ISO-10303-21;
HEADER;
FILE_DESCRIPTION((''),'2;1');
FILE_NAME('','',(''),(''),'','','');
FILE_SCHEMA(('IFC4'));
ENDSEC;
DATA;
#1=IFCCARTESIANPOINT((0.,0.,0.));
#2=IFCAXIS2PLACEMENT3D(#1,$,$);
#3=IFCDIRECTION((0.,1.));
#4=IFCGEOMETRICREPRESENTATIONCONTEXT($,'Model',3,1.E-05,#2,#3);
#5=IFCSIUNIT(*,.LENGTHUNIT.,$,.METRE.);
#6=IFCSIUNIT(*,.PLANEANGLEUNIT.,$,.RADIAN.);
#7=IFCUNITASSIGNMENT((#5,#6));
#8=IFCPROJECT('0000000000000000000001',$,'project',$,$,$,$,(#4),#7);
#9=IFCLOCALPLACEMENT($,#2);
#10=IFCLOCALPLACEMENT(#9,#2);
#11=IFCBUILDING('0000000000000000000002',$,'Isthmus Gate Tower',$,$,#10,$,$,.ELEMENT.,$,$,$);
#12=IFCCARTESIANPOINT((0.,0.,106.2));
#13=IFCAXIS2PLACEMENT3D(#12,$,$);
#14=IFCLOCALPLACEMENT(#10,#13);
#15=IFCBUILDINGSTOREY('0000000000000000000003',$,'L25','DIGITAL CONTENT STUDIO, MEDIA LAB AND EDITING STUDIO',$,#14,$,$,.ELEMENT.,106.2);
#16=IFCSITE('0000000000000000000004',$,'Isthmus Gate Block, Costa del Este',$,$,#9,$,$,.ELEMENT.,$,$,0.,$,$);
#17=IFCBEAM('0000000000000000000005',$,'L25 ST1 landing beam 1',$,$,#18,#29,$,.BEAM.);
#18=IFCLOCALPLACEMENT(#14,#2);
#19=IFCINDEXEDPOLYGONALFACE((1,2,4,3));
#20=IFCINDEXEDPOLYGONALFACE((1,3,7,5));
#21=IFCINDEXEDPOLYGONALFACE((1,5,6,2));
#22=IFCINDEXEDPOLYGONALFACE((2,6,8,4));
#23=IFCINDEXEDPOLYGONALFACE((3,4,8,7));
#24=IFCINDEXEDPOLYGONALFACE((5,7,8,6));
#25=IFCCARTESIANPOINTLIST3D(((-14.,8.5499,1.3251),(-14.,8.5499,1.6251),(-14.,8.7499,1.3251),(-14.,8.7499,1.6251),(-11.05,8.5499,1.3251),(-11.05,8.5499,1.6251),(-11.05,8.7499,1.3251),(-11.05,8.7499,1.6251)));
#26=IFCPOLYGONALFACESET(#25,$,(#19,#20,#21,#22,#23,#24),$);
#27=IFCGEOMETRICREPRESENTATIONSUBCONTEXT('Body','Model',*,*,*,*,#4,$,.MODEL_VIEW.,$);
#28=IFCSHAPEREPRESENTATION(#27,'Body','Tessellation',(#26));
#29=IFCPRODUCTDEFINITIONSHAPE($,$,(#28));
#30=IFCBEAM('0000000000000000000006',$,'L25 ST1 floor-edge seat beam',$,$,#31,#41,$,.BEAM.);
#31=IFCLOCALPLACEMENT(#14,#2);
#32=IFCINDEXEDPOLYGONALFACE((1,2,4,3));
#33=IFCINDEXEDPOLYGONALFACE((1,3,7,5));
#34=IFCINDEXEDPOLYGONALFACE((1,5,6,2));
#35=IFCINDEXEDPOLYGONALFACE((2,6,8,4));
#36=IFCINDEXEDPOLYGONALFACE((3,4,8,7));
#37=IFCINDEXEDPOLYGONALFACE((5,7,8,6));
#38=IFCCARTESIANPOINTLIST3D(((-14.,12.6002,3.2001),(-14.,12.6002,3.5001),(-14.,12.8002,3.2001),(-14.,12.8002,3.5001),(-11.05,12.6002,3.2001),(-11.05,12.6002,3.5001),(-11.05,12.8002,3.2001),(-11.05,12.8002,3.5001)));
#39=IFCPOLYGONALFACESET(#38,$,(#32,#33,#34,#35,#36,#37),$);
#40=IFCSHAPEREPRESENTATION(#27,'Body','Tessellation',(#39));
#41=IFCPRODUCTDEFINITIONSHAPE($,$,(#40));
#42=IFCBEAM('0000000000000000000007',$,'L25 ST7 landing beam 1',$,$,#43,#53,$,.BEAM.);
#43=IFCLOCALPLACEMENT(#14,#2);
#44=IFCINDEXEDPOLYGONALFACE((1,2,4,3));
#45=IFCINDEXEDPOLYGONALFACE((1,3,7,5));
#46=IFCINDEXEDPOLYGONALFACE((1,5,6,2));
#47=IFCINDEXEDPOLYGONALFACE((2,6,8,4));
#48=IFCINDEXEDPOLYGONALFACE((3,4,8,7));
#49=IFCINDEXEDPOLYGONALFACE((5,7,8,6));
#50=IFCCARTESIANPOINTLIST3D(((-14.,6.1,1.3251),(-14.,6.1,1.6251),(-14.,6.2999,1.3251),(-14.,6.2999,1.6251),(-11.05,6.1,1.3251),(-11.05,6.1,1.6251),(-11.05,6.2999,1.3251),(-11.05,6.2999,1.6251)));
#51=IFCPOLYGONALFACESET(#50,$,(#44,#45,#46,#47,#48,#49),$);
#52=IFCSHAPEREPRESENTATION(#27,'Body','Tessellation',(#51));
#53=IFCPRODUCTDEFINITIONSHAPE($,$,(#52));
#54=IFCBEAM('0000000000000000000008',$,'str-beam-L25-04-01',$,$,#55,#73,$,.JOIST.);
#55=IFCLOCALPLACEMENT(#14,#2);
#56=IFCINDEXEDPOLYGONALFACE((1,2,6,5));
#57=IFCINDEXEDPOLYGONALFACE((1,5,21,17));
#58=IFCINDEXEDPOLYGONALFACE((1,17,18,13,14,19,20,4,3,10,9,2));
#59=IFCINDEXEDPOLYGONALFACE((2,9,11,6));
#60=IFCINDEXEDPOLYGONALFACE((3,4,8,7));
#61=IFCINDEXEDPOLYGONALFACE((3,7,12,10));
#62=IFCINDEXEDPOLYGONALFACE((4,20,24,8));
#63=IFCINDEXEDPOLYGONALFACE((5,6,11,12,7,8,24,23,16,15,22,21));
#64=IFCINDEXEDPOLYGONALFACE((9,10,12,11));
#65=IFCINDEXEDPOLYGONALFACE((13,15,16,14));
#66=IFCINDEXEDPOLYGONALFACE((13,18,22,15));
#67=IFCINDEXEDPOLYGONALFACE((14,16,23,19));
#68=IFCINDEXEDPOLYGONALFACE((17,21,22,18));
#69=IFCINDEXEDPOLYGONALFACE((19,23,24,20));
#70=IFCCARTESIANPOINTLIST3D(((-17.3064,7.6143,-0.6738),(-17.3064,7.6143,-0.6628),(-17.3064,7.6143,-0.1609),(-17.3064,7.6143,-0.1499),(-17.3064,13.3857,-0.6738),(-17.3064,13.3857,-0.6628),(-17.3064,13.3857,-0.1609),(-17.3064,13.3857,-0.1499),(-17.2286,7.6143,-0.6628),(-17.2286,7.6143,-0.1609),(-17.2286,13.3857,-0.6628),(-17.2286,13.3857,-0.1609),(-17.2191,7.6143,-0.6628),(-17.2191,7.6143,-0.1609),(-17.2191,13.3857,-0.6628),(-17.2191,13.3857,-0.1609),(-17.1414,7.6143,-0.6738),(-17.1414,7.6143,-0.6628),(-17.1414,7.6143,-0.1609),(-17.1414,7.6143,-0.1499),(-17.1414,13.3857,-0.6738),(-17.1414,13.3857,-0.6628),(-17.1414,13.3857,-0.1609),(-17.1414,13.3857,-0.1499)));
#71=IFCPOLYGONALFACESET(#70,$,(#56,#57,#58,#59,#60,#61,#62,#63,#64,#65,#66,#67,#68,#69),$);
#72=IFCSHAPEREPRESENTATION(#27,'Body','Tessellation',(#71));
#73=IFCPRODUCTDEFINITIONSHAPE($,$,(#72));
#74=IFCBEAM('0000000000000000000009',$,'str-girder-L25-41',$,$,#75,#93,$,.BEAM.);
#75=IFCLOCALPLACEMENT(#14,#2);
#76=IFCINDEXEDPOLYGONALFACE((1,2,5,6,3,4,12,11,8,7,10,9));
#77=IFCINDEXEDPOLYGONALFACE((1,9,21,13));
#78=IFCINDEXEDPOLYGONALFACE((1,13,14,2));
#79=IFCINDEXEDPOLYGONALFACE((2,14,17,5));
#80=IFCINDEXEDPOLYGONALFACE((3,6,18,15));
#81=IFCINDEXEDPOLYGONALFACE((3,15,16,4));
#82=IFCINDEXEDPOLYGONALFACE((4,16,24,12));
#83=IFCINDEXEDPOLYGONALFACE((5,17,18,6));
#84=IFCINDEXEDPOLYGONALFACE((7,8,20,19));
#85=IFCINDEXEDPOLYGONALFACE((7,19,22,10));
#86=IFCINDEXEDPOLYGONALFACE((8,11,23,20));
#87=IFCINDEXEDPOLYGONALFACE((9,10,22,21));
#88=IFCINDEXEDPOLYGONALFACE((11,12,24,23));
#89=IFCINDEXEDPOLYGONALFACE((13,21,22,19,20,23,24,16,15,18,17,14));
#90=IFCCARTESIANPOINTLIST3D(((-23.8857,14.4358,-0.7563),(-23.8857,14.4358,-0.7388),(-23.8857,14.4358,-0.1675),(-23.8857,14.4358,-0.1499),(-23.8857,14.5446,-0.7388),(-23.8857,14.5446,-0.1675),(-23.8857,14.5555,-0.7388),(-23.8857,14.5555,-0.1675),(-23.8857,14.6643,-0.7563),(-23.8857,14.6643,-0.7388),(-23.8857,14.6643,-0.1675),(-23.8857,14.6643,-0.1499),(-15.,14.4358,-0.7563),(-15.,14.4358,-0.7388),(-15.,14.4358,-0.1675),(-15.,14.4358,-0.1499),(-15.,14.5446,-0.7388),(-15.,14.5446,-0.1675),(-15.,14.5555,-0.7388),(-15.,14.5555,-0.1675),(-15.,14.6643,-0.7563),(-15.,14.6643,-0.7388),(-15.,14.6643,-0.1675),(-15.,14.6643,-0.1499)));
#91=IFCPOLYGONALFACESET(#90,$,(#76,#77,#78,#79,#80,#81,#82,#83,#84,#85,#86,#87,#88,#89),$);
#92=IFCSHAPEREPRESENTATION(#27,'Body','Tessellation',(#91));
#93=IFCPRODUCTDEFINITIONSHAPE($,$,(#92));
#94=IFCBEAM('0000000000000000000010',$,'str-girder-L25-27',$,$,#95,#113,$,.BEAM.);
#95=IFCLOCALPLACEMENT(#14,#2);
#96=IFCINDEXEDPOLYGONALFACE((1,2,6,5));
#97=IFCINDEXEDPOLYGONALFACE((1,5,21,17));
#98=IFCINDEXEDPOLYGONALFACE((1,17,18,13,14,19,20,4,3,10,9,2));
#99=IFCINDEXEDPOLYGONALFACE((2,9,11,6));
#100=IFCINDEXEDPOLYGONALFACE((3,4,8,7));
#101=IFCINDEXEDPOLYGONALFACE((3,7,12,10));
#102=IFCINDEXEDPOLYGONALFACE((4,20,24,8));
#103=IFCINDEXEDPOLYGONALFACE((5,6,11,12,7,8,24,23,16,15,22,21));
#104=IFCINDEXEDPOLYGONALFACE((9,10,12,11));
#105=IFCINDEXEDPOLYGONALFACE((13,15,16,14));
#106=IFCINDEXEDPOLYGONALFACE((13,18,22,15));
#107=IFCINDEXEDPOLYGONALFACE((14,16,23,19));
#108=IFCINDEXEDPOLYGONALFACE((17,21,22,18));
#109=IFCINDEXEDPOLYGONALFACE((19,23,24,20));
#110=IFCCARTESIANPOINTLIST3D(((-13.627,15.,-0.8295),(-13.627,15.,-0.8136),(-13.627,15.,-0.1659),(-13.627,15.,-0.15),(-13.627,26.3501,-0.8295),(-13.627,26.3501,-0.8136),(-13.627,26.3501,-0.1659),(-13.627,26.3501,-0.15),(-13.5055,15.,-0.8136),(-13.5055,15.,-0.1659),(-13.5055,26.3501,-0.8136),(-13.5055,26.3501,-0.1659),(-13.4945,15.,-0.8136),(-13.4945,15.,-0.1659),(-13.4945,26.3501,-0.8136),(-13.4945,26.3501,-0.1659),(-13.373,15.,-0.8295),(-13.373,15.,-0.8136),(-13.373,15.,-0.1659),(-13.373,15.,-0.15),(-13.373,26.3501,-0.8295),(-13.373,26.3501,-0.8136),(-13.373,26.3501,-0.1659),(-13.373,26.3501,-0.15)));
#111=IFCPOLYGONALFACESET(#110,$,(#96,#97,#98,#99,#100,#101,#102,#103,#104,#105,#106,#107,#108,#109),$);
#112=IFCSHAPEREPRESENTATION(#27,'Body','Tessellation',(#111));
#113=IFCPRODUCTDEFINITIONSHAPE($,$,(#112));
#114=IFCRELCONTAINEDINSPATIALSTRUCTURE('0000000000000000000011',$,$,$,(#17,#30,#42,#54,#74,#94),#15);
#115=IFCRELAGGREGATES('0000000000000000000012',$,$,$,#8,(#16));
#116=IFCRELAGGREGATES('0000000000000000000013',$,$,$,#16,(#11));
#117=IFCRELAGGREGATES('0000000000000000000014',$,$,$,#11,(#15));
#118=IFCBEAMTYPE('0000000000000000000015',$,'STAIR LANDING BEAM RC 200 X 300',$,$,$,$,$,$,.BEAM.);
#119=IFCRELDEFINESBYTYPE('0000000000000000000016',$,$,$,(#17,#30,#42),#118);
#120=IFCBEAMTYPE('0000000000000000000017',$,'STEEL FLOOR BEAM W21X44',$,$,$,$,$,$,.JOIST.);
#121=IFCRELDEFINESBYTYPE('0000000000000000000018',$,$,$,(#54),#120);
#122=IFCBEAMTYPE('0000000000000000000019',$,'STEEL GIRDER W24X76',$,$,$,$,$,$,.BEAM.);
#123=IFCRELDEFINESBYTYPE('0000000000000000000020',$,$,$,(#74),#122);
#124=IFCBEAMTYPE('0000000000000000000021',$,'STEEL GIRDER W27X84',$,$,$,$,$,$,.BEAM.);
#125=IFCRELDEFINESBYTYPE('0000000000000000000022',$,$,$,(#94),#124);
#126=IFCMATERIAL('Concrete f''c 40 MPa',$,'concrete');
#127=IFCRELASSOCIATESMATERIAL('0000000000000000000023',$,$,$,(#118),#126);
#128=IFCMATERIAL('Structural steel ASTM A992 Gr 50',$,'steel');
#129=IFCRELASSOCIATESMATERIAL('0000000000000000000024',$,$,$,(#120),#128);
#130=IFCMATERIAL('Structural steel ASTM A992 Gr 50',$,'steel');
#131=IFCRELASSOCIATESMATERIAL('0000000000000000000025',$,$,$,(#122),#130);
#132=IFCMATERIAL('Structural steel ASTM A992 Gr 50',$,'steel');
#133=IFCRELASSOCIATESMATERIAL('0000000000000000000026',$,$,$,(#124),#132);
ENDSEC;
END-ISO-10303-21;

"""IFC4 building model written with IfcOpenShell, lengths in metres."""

from ifc_helpers import new_model, si_unit, direction, frame, origin, origin_2d, place, context, subcontext, project, spatial, rectangle, i_section, extrude, material, material_profile, profile_set, type_object, element, save


model = new_model("IFC4")

# Units and contexts
model_context = context("Model", 3, precision=1e-05, world=origin(), true_north=direction((0.0, 1.0)))
body_context = subcontext(model_context, "Body", "Model", "MODEL_VIEW")
ifc_project = project(units=[si_unit("LENGTHUNIT", "METRE"), si_unit("PLANEANGLEUNIT", "RADIAN")], contexts=[model_context])

# Site, building, storey
site_placement = place(None, origin())
site = spatial("IfcSite", under=ifc_project, at=site_placement, Name="Isthmus Gate Block, Costa del Este", CompositionType="ELEMENT", RefElevation=0.0)
building_placement = place(site_placement, origin())
building = spatial("IfcBuilding", under=site, at=building_placement, Name="Isthmus Gate Tower", CompositionType="ELEMENT")
storey_placement = place(building_placement, frame((0.0, 0.0, 106.2)))
storey = spatial("IfcBuildingStorey", under=building, at=storey_placement, Name="L25", Description="DIGITAL CONTENT STUDIO, MEDIA LAB AND EDITING STUDIO", CompositionType="ELEMENT", Elevation=106.2)

# Beams
ifc_material_1 = material(Name="Concrete f'c 40 MPa", Category="concrete")
ifc_material_profile_1 = material_profile(ifc_material_1, rectangle(XDim=0.2, YDim=0.3, at=origin_2d()), Name="STAIR LANDING BEAM RC 200 X 300")
ifc_profile_set_1 = profile_set([ifc_material_profile_1], Name="Concrete f'c 40 MPa")
beam_type_1 = type_object("IfcBeamType", Name="STAIR LANDING BEAM RC 200 X 300", PredefinedType="BEAM", material=ifc_profile_set_1)
for number, where, z_axis, x_axis, name in (
    (1, (-14.0, 8.6499, 1.4751), (1.0, 0.0, 0.0), (0.0, 1.0, 0.0), "L25 ST1 landing beam 1"),
    (2, (-14.0, 12.7002, 3.3501), (1.0, 0.0, 0.0), (0.0, 1.0, 0.0), "L25 ST1 floor-edge seat beam"),
    (3, (-14.0, 6.2, 1.4751), (1.0, 0.0, 0.0), (0.0, 1.0, 0.0), "L25 ST7 landing beam 1"),
):
    element("IfcBeam", number, at=place(storey_placement, frame(where, z_axis=z_axis, x_axis=x_axis)), inside=storey, type_object=beam_type_1, Name=name, PredefinedType="BEAM", context=body_context, shape_type="SweptSolid", body=[
        extrude(rectangle(XDim=0.2, YDim=0.3, at=origin_2d()), origin(), (0.0, 0.0, 1.0), 2.95),
    ])
ifc_material_2 = material(Name="Structural steel ASTM A992 Gr 50", Category="steel")
ifc_material_profile_2 = material_profile(ifc_material_2, i_section(OverallWidth=0.165, OverallDepth=0.5239, WebThickness=0.0095, FlangeThickness=0.011, at=origin_2d()), Name="W21X44")
ifc_profile_set_2 = profile_set([ifc_material_profile_2], Name="Structural steel ASTM A992 Gr 50")
beam_type_2 = type_object("IfcBeamType", Name="STEEL FLOOR BEAM W21X44", PredefinedType="JOIST", material=ifc_profile_set_2)
beam_1_placement = place(storey_placement, frame((-17.2239, 7.6143, -0.4119), z_axis=(0.0, 1.0, 0.0), x_axis=(-1.0, 0.0, 0.0)))
element("IfcBeam", 4, at=beam_1_placement, inside=storey, type_object=beam_type_2, Name="str-beam-L25-04-01", PredefinedType="JOIST", context=body_context, shape_type="SweptSolid", body=[
    extrude(i_section(OverallWidth=0.165, OverallDepth=0.5239, WebThickness=0.0095, FlangeThickness=0.011, at=origin_2d()), origin(), (0.0, 0.0, 1.0), 5.7715),
])
ifc_material_3 = material(Name="Structural steel ASTM A992 Gr 50", Category="steel")
ifc_material_profile_3 = material_profile(ifc_material_3, i_section(OverallWidth=0.2285, OverallDepth=0.6064, WebThickness=0.011, FlangeThickness=0.0176, at=origin_2d()), Name="W24X76")
ifc_profile_set_3 = profile_set([ifc_material_profile_3], Name="Structural steel ASTM A992 Gr 50")
beam_type_3 = type_object("IfcBeamType", Name="STEEL GIRDER W24X76", PredefinedType="BEAM", material=ifc_profile_set_3)
beam_2_placement = place(storey_placement, frame((-15.0, 14.55, -0.4531), z_axis=(-1.0, 0.0, 0.0), x_axis=(0.0, -1.0, 0.0)))
element("IfcBeam", 5, at=beam_2_placement, inside=storey, type_object=beam_type_3, Name="str-girder-L25-41", PredefinedType="BEAM", context=body_context, shape_type="SweptSolid", body=[
    extrude(i_section(OverallWidth=0.2285, OverallDepth=0.6064, WebThickness=0.011, FlangeThickness=0.0176, at=origin_2d()), origin(), (0.0, 0.0, 1.0), 8.8857),
])
ifc_material_4 = material(Name="Structural steel ASTM A992 Gr 50", Category="steel")
ifc_material_profile_4 = material_profile(ifc_material_4, i_section(OverallWidth=0.2539, OverallDepth=0.6794, WebThickness=0.011, FlangeThickness=0.0159, at=origin_2d()), Name="W27X84")
ifc_profile_set_4 = profile_set([ifc_material_profile_4], Name="Structural steel ASTM A992 Gr 50")
beam_type_4 = type_object("IfcBeamType", Name="STEEL GIRDER W27X84", PredefinedType="BEAM", material=ifc_profile_set_4)
beam_3_placement = place(storey_placement, frame((-13.5, 15.0, -0.4897), z_axis=(0.0, 1.0, 0.0), x_axis=(-1.0, 0.0, 0.0)))
element("IfcBeam", 6, at=beam_3_placement, inside=storey, type_object=beam_type_4, Name="str-girder-L25-27", PredefinedType="BEAM", context=body_context, shape_type="SweptSolid", body=[
    extrude(i_section(OverallWidth=0.2539, OverallDepth=0.6794, WebThickness=0.011, FlangeThickness=0.0159, at=origin_2d()), origin(), (0.0, 0.0, 1.0), 11.3501),
])

save(model, "model.ifc")
